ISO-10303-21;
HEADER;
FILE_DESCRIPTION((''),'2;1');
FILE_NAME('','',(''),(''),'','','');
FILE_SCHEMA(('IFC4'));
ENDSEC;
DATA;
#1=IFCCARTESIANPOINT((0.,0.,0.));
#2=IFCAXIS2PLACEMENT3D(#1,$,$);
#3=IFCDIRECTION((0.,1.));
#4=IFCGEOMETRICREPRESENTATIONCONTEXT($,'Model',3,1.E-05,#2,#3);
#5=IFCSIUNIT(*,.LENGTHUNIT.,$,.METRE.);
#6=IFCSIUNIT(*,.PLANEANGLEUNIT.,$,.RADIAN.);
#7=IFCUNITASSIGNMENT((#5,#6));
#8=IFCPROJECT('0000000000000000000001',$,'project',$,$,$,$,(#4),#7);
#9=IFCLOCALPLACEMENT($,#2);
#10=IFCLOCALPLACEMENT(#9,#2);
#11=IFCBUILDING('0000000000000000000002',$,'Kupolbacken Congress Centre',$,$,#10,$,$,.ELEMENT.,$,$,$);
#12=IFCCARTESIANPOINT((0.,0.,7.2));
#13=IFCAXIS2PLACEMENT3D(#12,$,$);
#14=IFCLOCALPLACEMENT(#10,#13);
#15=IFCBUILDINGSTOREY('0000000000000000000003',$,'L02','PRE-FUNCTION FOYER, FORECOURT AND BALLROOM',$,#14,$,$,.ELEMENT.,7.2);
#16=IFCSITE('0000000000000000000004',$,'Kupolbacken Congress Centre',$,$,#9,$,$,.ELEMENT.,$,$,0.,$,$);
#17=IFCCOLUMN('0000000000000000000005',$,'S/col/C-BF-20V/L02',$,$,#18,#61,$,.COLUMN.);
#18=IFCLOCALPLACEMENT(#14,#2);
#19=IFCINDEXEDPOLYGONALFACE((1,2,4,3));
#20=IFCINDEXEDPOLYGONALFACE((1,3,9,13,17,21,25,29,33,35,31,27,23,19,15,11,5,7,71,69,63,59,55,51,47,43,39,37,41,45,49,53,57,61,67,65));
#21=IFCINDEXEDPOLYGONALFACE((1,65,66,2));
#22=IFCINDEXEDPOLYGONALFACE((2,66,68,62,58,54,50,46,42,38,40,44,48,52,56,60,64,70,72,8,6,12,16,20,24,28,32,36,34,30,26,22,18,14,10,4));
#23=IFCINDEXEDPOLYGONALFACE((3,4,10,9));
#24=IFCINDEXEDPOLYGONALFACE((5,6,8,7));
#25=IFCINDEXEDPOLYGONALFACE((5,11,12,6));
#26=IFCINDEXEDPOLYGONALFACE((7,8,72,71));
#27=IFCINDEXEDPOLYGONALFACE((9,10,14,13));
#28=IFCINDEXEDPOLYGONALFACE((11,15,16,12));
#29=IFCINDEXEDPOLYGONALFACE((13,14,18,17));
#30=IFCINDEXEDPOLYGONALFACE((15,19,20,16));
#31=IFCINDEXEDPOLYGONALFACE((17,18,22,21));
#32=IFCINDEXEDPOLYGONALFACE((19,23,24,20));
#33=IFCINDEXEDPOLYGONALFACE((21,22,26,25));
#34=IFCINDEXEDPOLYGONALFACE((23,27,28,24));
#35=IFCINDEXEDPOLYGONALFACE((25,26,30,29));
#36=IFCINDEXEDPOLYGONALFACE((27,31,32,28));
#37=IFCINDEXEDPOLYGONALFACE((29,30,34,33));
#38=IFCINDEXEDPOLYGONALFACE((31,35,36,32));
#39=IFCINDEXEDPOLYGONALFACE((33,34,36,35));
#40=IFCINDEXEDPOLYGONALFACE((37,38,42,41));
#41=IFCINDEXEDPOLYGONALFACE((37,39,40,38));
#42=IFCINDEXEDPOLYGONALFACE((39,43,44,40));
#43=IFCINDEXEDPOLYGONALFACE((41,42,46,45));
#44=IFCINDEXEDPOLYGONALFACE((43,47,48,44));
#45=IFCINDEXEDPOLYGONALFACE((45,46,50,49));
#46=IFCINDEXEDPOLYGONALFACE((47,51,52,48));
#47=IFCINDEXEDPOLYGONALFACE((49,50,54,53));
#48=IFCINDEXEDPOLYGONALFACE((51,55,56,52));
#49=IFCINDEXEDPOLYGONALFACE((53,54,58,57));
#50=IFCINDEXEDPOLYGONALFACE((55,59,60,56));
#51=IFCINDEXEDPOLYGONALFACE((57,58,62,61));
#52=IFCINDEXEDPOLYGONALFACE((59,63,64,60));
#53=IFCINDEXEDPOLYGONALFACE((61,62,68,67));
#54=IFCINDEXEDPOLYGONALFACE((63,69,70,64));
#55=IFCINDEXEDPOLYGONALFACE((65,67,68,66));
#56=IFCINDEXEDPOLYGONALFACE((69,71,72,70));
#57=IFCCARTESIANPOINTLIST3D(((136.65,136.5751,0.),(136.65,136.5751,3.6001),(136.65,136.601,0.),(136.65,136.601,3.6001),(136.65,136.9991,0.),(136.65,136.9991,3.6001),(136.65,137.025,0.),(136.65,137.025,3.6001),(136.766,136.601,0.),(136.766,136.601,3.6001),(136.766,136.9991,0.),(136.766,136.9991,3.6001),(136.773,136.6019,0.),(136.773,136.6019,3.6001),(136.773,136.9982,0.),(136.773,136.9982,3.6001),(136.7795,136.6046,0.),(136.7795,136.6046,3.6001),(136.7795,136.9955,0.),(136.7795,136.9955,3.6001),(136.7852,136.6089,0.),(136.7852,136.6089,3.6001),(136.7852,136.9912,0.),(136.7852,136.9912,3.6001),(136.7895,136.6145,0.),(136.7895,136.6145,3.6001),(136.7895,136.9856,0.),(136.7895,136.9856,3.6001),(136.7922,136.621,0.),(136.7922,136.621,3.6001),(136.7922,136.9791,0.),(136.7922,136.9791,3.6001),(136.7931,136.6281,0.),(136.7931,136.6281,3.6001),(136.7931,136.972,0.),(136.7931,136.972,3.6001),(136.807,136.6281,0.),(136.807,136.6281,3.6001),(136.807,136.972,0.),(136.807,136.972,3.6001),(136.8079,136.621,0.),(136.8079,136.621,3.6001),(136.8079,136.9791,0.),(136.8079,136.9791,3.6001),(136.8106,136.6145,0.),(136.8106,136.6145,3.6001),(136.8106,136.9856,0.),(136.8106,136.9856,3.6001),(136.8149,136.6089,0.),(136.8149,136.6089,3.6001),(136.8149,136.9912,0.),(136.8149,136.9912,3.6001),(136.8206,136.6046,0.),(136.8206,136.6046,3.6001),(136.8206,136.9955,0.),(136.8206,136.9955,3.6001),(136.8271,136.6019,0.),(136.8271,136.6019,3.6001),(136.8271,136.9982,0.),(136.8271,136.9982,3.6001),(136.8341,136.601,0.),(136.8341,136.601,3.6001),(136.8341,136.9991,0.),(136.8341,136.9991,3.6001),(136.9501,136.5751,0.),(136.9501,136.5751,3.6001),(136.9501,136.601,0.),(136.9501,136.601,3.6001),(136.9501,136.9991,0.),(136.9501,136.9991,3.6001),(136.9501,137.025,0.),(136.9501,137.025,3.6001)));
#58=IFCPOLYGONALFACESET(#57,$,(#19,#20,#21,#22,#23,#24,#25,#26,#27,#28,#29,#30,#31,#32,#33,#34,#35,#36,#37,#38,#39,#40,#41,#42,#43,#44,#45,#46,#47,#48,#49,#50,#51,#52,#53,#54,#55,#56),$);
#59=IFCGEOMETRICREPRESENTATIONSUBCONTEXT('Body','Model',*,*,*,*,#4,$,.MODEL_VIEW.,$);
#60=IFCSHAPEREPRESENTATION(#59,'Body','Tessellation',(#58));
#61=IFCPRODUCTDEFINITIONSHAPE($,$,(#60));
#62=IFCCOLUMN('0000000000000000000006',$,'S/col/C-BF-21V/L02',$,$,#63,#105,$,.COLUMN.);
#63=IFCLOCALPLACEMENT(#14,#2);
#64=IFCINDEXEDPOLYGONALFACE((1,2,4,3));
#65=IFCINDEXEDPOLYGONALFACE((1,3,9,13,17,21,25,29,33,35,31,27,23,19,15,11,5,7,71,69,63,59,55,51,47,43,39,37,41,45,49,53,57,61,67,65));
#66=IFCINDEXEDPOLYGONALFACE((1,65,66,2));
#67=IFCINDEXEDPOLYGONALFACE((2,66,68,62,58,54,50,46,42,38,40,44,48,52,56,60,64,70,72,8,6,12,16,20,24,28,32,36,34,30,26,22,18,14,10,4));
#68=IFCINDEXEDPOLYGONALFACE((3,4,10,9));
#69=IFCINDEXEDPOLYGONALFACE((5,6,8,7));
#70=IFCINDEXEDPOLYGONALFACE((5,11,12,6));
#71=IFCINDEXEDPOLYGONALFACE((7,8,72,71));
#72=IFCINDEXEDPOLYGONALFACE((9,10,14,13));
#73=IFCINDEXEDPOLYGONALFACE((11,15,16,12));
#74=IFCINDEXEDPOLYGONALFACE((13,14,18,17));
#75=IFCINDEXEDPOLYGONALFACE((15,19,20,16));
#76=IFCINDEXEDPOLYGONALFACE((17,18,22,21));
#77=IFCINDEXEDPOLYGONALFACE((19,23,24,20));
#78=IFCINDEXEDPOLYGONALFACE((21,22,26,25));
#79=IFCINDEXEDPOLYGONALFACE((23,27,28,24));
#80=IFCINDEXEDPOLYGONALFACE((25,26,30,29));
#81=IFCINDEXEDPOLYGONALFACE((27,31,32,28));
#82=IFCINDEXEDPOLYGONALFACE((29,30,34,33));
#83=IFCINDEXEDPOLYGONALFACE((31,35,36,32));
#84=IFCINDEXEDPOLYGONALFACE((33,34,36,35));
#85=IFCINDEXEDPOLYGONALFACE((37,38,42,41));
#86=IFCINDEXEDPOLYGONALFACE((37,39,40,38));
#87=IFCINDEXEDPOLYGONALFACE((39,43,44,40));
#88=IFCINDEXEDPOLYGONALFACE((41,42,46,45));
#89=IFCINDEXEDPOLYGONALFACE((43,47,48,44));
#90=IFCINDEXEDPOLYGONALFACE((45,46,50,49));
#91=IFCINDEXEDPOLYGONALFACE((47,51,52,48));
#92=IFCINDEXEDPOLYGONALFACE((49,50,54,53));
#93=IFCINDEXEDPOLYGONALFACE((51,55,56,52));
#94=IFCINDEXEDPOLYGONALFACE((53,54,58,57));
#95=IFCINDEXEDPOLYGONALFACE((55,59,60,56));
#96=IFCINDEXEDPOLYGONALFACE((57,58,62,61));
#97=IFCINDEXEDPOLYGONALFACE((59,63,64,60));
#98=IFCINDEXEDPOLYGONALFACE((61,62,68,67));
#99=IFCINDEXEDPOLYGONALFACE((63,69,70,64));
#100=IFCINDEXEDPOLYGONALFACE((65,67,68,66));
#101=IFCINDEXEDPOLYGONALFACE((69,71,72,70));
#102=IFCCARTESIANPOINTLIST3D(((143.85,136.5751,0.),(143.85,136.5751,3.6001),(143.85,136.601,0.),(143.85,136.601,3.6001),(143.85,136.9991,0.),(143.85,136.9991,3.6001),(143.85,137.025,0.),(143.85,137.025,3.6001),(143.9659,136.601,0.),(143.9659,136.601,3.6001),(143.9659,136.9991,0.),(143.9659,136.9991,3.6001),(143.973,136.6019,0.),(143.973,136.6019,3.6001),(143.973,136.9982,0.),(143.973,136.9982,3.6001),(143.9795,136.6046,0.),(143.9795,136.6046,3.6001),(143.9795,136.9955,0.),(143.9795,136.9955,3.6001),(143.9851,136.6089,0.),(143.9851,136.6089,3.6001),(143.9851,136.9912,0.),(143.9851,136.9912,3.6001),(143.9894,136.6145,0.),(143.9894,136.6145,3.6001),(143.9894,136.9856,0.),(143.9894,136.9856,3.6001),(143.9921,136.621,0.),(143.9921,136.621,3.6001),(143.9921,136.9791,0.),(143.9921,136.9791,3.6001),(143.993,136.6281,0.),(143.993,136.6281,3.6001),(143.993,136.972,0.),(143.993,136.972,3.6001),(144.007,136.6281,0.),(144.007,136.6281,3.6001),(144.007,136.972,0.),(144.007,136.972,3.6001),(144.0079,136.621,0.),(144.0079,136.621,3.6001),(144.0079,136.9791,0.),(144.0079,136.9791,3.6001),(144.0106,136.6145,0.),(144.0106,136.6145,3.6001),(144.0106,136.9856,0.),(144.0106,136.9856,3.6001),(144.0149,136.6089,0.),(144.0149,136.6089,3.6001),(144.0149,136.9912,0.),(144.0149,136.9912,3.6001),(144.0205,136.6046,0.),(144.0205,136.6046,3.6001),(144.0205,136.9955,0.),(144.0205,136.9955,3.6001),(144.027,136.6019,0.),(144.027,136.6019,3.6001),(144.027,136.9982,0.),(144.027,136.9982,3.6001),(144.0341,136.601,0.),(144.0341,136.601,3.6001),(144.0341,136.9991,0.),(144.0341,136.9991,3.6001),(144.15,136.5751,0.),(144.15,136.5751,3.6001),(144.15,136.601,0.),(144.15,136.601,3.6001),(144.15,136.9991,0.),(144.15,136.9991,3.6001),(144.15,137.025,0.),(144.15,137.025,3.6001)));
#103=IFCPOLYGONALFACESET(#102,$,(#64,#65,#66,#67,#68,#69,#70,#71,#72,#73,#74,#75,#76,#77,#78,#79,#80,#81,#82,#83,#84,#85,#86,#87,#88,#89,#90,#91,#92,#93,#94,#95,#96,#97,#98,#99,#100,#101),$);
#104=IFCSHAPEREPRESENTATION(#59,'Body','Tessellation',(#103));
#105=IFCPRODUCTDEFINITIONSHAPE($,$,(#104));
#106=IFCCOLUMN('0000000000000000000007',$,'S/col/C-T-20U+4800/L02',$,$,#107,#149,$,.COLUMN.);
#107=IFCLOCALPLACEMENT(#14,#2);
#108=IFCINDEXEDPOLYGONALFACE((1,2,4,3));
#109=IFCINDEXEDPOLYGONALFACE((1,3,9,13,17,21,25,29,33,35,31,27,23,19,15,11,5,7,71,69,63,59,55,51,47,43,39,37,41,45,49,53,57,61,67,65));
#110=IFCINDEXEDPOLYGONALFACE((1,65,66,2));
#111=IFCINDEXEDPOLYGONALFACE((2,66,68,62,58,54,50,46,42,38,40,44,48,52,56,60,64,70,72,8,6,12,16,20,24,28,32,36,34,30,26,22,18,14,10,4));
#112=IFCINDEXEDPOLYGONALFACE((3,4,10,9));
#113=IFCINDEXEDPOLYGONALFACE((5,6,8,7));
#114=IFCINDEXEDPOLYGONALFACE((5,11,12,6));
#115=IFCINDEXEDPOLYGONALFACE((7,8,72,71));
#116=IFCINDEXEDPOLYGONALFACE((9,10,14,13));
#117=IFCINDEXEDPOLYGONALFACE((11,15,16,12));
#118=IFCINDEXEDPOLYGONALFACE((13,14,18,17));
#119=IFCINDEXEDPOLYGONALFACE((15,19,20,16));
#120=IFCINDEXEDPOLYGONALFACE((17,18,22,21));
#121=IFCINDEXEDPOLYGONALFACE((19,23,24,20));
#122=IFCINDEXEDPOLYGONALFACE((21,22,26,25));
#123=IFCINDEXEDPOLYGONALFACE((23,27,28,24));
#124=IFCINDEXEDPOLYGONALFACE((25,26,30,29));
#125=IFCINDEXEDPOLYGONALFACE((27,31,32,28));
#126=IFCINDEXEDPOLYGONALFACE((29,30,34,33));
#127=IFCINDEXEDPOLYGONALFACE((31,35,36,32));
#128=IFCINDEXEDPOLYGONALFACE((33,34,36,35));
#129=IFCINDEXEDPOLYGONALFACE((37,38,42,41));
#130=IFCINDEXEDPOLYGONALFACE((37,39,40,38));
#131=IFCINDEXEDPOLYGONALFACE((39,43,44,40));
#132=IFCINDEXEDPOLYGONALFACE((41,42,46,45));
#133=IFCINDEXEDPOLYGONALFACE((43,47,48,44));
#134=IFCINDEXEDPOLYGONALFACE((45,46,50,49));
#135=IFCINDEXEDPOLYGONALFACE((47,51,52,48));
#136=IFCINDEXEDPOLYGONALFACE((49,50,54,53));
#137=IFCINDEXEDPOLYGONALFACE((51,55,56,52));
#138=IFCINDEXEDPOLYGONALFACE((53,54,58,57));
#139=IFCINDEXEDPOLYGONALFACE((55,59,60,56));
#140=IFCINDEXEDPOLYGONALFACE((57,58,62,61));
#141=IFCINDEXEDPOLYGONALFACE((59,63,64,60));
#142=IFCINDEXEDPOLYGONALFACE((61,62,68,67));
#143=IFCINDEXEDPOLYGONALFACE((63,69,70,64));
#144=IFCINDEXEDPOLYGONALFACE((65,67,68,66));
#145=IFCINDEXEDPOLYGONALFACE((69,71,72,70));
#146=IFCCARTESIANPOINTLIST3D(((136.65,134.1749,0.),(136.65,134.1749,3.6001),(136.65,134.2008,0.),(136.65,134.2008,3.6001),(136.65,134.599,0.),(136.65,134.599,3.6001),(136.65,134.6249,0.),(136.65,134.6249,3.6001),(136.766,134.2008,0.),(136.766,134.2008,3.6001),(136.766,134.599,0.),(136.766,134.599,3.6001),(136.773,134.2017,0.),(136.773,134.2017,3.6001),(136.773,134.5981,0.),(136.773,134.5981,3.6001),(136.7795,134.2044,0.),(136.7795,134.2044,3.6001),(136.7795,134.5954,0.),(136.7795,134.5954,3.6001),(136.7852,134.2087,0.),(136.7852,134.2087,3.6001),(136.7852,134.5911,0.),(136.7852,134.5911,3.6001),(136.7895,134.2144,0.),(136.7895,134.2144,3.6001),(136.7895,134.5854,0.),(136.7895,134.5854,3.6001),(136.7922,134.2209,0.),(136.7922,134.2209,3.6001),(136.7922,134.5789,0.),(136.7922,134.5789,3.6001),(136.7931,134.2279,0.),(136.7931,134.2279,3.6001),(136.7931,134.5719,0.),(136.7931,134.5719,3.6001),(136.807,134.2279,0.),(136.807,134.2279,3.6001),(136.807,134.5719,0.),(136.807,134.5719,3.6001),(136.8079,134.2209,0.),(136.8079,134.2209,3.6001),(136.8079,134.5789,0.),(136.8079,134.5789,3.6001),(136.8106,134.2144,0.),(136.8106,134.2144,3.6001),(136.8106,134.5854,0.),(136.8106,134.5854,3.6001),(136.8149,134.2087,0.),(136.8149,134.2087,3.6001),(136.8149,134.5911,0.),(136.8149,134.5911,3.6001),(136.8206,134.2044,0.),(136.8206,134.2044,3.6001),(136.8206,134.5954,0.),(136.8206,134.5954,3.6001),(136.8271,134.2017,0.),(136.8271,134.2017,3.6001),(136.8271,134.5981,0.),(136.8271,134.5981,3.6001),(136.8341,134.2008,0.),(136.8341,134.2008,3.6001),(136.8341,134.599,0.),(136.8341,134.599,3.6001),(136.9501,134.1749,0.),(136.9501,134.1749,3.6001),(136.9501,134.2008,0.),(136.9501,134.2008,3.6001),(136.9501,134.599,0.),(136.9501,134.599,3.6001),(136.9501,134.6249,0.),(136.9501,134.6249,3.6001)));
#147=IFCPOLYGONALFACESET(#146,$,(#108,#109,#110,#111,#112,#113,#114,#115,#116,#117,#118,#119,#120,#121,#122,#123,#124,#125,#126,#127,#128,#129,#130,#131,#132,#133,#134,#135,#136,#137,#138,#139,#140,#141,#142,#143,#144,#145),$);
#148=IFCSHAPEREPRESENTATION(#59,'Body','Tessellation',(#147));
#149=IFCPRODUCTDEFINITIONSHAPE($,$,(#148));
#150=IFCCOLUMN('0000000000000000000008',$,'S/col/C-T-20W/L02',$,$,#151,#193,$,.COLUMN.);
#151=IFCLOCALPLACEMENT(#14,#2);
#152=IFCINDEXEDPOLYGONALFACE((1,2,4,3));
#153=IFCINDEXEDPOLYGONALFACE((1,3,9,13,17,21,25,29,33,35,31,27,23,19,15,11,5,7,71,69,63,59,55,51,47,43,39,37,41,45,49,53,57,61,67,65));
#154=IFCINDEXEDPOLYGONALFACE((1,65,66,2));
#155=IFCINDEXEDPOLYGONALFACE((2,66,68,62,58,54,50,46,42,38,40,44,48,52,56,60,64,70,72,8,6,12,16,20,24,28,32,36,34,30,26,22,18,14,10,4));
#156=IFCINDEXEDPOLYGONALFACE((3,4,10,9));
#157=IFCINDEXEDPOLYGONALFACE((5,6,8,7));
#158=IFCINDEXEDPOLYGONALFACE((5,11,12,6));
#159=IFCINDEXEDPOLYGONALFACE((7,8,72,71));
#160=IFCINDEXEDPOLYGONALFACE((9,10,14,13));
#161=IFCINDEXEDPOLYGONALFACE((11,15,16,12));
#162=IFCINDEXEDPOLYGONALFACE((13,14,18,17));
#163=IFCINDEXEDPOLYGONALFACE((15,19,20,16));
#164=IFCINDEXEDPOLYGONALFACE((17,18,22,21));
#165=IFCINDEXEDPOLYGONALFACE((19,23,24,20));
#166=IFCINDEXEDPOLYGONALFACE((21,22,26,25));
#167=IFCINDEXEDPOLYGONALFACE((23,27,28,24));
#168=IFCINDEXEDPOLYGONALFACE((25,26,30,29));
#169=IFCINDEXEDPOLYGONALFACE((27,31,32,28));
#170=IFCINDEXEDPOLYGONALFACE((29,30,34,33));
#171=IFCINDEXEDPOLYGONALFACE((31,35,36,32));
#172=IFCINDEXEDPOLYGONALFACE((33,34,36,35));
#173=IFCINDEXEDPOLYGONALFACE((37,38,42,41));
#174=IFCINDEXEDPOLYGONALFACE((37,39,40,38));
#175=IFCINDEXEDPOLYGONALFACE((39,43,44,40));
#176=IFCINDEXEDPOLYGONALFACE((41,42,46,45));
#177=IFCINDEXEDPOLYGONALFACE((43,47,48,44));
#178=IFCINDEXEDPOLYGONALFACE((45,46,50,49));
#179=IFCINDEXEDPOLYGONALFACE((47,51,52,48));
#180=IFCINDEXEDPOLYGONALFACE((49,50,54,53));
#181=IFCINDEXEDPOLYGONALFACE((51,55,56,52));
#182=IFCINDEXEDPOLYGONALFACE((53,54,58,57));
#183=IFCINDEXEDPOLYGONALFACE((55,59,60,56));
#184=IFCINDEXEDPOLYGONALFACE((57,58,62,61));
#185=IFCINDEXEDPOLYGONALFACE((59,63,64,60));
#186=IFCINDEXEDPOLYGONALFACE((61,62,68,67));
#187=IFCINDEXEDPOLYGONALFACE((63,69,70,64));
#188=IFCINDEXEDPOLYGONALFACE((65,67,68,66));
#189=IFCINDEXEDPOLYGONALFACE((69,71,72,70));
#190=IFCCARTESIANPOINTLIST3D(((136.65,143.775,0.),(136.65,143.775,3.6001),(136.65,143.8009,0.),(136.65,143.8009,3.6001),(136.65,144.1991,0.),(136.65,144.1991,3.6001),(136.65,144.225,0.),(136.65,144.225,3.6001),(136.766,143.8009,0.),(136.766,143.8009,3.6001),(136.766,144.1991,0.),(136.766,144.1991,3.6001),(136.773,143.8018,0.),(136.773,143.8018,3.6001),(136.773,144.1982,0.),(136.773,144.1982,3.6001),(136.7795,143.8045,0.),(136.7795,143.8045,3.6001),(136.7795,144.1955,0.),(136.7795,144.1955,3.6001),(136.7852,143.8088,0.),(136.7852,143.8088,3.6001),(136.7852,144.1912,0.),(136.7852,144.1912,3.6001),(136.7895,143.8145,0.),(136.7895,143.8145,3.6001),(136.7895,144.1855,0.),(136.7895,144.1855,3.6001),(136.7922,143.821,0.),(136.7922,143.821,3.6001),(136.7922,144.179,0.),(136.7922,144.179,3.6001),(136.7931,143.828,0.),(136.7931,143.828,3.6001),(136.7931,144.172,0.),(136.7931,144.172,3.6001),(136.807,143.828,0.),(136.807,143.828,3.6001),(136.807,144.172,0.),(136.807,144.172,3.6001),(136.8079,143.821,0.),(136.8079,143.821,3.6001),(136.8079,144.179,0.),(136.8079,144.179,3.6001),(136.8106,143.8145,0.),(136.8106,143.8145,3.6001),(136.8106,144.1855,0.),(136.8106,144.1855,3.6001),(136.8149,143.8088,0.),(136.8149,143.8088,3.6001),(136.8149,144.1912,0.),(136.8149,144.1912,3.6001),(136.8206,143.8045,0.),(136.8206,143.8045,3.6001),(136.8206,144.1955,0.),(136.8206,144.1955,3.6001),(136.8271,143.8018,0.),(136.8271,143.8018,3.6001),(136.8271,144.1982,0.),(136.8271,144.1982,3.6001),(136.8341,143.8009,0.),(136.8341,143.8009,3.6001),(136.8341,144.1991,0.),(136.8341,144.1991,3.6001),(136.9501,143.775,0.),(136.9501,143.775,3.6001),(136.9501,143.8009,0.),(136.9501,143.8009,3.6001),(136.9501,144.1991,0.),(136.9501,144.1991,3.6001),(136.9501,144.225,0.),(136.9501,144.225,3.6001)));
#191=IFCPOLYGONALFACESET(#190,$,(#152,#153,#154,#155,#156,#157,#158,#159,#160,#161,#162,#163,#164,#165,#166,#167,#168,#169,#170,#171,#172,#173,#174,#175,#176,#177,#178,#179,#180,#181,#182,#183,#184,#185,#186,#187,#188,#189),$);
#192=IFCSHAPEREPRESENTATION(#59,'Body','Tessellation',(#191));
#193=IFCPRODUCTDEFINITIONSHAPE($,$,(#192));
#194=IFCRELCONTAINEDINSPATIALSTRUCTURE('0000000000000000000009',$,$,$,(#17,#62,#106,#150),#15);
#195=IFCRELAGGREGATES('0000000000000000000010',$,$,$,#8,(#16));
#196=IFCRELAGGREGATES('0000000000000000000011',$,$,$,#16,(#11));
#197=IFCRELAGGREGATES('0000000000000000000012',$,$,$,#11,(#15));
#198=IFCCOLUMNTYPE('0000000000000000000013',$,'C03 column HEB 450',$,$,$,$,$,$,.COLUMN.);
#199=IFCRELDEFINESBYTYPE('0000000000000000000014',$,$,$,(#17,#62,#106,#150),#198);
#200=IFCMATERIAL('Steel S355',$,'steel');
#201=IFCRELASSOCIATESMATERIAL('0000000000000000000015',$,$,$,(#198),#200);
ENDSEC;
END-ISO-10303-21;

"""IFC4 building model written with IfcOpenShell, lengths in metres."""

from ifc_helpers import new_model, si_unit, direction, frame, origin, origin_2d, place, context, subcontext, project, spatial, i_section, extrude, material, material_profile, profile_set, type_object, element, save


model = new_model("IFC4")

# Units and contexts
model_context = context("Model", 3, precision=1e-05, world=origin(), true_north=direction((0.0, 1.0)))
body_context = subcontext(model_context, "Body", "Model", "MODEL_VIEW")
ifc_project = project(units=[si_unit("LENGTHUNIT", "METRE"), si_unit("PLANEANGLEUNIT", "RADIAN")], contexts=[model_context])

# Site, building, storey
site_placement = place(None, origin())
site = spatial("IfcSite", under=ifc_project, at=site_placement, Name="Kupolbacken Congress Centre", CompositionType="ELEMENT", RefElevation=0.0)
building_placement = place(site_placement, origin())
building = spatial("IfcBuilding", under=site, at=building_placement, Name="Kupolbacken Congress Centre", CompositionType="ELEMENT")
storey_placement = place(building_placement, frame((0.0, 0.0, 7.2)))
storey = spatial("IfcBuildingStorey", under=building, at=storey_placement, Name="L02", Description="PRE-FUNCTION FOYER, FORECOURT AND BALLROOM", CompositionType="ELEMENT", Elevation=7.2)

# Columns
ifc_material_1 = material(Name="Steel S355", Category="steel")
ifc_material_profile_1 = material_profile(ifc_material_1, i_section(OverallWidth=0.3, OverallDepth=0.45, WebThickness=0.0139, FlangeThickness=0.0259, FilletRadius=0.0271, at=origin_2d()), Name="HEB 450")
ifc_profile_set_1 = profile_set([ifc_material_profile_1], Name="Steel S355")
column_type = type_object("IfcColumnType", Name="C03 column HEB 450", PredefinedType="COLUMN", material=ifc_profile_set_1)
for number, where, z_axis, x_axis, name in (
    (1, (136.8, 136.8, 0.0), (0.0, 0.0, 1.0), (1.0, 0.0, 0.0), "S/col/C-BF-20V/L02"),
    (2, (144.0, 136.8, 0.0), (0.0, 0.0, 1.0), (1.0, 0.0, 0.0), "S/col/C-BF-21V/L02"),
    (3, (136.8, 134.3999, 0.0), (0.0, 0.0, 1.0), (1.0, 0.0, 0.0), "S/col/C-T-20U+4800/L02"),
    (4, (136.8, 144.0, 0.0), (0.0, 0.0, 1.0), (1.0, 0.0, 0.0), "S/col/C-T-20W/L02"),
):
    element("IfcColumn", number, at=place(storey_placement, frame(where, z_axis=z_axis, x_axis=x_axis)), inside=storey, type_object=column_type, Name=name, PredefinedType="COLUMN", context=body_context, shape_type="SweptSolid", body=[
        extrude(i_section(OverallWidth=0.3, OverallDepth=0.45, WebThickness=0.0139, FlangeThickness=0.0259, FilletRadius=0.0271, at=origin_2d()), origin(), (0.0, 0.0, 1.0), 3.6001),
    ])

save(model, "model.ifc")
